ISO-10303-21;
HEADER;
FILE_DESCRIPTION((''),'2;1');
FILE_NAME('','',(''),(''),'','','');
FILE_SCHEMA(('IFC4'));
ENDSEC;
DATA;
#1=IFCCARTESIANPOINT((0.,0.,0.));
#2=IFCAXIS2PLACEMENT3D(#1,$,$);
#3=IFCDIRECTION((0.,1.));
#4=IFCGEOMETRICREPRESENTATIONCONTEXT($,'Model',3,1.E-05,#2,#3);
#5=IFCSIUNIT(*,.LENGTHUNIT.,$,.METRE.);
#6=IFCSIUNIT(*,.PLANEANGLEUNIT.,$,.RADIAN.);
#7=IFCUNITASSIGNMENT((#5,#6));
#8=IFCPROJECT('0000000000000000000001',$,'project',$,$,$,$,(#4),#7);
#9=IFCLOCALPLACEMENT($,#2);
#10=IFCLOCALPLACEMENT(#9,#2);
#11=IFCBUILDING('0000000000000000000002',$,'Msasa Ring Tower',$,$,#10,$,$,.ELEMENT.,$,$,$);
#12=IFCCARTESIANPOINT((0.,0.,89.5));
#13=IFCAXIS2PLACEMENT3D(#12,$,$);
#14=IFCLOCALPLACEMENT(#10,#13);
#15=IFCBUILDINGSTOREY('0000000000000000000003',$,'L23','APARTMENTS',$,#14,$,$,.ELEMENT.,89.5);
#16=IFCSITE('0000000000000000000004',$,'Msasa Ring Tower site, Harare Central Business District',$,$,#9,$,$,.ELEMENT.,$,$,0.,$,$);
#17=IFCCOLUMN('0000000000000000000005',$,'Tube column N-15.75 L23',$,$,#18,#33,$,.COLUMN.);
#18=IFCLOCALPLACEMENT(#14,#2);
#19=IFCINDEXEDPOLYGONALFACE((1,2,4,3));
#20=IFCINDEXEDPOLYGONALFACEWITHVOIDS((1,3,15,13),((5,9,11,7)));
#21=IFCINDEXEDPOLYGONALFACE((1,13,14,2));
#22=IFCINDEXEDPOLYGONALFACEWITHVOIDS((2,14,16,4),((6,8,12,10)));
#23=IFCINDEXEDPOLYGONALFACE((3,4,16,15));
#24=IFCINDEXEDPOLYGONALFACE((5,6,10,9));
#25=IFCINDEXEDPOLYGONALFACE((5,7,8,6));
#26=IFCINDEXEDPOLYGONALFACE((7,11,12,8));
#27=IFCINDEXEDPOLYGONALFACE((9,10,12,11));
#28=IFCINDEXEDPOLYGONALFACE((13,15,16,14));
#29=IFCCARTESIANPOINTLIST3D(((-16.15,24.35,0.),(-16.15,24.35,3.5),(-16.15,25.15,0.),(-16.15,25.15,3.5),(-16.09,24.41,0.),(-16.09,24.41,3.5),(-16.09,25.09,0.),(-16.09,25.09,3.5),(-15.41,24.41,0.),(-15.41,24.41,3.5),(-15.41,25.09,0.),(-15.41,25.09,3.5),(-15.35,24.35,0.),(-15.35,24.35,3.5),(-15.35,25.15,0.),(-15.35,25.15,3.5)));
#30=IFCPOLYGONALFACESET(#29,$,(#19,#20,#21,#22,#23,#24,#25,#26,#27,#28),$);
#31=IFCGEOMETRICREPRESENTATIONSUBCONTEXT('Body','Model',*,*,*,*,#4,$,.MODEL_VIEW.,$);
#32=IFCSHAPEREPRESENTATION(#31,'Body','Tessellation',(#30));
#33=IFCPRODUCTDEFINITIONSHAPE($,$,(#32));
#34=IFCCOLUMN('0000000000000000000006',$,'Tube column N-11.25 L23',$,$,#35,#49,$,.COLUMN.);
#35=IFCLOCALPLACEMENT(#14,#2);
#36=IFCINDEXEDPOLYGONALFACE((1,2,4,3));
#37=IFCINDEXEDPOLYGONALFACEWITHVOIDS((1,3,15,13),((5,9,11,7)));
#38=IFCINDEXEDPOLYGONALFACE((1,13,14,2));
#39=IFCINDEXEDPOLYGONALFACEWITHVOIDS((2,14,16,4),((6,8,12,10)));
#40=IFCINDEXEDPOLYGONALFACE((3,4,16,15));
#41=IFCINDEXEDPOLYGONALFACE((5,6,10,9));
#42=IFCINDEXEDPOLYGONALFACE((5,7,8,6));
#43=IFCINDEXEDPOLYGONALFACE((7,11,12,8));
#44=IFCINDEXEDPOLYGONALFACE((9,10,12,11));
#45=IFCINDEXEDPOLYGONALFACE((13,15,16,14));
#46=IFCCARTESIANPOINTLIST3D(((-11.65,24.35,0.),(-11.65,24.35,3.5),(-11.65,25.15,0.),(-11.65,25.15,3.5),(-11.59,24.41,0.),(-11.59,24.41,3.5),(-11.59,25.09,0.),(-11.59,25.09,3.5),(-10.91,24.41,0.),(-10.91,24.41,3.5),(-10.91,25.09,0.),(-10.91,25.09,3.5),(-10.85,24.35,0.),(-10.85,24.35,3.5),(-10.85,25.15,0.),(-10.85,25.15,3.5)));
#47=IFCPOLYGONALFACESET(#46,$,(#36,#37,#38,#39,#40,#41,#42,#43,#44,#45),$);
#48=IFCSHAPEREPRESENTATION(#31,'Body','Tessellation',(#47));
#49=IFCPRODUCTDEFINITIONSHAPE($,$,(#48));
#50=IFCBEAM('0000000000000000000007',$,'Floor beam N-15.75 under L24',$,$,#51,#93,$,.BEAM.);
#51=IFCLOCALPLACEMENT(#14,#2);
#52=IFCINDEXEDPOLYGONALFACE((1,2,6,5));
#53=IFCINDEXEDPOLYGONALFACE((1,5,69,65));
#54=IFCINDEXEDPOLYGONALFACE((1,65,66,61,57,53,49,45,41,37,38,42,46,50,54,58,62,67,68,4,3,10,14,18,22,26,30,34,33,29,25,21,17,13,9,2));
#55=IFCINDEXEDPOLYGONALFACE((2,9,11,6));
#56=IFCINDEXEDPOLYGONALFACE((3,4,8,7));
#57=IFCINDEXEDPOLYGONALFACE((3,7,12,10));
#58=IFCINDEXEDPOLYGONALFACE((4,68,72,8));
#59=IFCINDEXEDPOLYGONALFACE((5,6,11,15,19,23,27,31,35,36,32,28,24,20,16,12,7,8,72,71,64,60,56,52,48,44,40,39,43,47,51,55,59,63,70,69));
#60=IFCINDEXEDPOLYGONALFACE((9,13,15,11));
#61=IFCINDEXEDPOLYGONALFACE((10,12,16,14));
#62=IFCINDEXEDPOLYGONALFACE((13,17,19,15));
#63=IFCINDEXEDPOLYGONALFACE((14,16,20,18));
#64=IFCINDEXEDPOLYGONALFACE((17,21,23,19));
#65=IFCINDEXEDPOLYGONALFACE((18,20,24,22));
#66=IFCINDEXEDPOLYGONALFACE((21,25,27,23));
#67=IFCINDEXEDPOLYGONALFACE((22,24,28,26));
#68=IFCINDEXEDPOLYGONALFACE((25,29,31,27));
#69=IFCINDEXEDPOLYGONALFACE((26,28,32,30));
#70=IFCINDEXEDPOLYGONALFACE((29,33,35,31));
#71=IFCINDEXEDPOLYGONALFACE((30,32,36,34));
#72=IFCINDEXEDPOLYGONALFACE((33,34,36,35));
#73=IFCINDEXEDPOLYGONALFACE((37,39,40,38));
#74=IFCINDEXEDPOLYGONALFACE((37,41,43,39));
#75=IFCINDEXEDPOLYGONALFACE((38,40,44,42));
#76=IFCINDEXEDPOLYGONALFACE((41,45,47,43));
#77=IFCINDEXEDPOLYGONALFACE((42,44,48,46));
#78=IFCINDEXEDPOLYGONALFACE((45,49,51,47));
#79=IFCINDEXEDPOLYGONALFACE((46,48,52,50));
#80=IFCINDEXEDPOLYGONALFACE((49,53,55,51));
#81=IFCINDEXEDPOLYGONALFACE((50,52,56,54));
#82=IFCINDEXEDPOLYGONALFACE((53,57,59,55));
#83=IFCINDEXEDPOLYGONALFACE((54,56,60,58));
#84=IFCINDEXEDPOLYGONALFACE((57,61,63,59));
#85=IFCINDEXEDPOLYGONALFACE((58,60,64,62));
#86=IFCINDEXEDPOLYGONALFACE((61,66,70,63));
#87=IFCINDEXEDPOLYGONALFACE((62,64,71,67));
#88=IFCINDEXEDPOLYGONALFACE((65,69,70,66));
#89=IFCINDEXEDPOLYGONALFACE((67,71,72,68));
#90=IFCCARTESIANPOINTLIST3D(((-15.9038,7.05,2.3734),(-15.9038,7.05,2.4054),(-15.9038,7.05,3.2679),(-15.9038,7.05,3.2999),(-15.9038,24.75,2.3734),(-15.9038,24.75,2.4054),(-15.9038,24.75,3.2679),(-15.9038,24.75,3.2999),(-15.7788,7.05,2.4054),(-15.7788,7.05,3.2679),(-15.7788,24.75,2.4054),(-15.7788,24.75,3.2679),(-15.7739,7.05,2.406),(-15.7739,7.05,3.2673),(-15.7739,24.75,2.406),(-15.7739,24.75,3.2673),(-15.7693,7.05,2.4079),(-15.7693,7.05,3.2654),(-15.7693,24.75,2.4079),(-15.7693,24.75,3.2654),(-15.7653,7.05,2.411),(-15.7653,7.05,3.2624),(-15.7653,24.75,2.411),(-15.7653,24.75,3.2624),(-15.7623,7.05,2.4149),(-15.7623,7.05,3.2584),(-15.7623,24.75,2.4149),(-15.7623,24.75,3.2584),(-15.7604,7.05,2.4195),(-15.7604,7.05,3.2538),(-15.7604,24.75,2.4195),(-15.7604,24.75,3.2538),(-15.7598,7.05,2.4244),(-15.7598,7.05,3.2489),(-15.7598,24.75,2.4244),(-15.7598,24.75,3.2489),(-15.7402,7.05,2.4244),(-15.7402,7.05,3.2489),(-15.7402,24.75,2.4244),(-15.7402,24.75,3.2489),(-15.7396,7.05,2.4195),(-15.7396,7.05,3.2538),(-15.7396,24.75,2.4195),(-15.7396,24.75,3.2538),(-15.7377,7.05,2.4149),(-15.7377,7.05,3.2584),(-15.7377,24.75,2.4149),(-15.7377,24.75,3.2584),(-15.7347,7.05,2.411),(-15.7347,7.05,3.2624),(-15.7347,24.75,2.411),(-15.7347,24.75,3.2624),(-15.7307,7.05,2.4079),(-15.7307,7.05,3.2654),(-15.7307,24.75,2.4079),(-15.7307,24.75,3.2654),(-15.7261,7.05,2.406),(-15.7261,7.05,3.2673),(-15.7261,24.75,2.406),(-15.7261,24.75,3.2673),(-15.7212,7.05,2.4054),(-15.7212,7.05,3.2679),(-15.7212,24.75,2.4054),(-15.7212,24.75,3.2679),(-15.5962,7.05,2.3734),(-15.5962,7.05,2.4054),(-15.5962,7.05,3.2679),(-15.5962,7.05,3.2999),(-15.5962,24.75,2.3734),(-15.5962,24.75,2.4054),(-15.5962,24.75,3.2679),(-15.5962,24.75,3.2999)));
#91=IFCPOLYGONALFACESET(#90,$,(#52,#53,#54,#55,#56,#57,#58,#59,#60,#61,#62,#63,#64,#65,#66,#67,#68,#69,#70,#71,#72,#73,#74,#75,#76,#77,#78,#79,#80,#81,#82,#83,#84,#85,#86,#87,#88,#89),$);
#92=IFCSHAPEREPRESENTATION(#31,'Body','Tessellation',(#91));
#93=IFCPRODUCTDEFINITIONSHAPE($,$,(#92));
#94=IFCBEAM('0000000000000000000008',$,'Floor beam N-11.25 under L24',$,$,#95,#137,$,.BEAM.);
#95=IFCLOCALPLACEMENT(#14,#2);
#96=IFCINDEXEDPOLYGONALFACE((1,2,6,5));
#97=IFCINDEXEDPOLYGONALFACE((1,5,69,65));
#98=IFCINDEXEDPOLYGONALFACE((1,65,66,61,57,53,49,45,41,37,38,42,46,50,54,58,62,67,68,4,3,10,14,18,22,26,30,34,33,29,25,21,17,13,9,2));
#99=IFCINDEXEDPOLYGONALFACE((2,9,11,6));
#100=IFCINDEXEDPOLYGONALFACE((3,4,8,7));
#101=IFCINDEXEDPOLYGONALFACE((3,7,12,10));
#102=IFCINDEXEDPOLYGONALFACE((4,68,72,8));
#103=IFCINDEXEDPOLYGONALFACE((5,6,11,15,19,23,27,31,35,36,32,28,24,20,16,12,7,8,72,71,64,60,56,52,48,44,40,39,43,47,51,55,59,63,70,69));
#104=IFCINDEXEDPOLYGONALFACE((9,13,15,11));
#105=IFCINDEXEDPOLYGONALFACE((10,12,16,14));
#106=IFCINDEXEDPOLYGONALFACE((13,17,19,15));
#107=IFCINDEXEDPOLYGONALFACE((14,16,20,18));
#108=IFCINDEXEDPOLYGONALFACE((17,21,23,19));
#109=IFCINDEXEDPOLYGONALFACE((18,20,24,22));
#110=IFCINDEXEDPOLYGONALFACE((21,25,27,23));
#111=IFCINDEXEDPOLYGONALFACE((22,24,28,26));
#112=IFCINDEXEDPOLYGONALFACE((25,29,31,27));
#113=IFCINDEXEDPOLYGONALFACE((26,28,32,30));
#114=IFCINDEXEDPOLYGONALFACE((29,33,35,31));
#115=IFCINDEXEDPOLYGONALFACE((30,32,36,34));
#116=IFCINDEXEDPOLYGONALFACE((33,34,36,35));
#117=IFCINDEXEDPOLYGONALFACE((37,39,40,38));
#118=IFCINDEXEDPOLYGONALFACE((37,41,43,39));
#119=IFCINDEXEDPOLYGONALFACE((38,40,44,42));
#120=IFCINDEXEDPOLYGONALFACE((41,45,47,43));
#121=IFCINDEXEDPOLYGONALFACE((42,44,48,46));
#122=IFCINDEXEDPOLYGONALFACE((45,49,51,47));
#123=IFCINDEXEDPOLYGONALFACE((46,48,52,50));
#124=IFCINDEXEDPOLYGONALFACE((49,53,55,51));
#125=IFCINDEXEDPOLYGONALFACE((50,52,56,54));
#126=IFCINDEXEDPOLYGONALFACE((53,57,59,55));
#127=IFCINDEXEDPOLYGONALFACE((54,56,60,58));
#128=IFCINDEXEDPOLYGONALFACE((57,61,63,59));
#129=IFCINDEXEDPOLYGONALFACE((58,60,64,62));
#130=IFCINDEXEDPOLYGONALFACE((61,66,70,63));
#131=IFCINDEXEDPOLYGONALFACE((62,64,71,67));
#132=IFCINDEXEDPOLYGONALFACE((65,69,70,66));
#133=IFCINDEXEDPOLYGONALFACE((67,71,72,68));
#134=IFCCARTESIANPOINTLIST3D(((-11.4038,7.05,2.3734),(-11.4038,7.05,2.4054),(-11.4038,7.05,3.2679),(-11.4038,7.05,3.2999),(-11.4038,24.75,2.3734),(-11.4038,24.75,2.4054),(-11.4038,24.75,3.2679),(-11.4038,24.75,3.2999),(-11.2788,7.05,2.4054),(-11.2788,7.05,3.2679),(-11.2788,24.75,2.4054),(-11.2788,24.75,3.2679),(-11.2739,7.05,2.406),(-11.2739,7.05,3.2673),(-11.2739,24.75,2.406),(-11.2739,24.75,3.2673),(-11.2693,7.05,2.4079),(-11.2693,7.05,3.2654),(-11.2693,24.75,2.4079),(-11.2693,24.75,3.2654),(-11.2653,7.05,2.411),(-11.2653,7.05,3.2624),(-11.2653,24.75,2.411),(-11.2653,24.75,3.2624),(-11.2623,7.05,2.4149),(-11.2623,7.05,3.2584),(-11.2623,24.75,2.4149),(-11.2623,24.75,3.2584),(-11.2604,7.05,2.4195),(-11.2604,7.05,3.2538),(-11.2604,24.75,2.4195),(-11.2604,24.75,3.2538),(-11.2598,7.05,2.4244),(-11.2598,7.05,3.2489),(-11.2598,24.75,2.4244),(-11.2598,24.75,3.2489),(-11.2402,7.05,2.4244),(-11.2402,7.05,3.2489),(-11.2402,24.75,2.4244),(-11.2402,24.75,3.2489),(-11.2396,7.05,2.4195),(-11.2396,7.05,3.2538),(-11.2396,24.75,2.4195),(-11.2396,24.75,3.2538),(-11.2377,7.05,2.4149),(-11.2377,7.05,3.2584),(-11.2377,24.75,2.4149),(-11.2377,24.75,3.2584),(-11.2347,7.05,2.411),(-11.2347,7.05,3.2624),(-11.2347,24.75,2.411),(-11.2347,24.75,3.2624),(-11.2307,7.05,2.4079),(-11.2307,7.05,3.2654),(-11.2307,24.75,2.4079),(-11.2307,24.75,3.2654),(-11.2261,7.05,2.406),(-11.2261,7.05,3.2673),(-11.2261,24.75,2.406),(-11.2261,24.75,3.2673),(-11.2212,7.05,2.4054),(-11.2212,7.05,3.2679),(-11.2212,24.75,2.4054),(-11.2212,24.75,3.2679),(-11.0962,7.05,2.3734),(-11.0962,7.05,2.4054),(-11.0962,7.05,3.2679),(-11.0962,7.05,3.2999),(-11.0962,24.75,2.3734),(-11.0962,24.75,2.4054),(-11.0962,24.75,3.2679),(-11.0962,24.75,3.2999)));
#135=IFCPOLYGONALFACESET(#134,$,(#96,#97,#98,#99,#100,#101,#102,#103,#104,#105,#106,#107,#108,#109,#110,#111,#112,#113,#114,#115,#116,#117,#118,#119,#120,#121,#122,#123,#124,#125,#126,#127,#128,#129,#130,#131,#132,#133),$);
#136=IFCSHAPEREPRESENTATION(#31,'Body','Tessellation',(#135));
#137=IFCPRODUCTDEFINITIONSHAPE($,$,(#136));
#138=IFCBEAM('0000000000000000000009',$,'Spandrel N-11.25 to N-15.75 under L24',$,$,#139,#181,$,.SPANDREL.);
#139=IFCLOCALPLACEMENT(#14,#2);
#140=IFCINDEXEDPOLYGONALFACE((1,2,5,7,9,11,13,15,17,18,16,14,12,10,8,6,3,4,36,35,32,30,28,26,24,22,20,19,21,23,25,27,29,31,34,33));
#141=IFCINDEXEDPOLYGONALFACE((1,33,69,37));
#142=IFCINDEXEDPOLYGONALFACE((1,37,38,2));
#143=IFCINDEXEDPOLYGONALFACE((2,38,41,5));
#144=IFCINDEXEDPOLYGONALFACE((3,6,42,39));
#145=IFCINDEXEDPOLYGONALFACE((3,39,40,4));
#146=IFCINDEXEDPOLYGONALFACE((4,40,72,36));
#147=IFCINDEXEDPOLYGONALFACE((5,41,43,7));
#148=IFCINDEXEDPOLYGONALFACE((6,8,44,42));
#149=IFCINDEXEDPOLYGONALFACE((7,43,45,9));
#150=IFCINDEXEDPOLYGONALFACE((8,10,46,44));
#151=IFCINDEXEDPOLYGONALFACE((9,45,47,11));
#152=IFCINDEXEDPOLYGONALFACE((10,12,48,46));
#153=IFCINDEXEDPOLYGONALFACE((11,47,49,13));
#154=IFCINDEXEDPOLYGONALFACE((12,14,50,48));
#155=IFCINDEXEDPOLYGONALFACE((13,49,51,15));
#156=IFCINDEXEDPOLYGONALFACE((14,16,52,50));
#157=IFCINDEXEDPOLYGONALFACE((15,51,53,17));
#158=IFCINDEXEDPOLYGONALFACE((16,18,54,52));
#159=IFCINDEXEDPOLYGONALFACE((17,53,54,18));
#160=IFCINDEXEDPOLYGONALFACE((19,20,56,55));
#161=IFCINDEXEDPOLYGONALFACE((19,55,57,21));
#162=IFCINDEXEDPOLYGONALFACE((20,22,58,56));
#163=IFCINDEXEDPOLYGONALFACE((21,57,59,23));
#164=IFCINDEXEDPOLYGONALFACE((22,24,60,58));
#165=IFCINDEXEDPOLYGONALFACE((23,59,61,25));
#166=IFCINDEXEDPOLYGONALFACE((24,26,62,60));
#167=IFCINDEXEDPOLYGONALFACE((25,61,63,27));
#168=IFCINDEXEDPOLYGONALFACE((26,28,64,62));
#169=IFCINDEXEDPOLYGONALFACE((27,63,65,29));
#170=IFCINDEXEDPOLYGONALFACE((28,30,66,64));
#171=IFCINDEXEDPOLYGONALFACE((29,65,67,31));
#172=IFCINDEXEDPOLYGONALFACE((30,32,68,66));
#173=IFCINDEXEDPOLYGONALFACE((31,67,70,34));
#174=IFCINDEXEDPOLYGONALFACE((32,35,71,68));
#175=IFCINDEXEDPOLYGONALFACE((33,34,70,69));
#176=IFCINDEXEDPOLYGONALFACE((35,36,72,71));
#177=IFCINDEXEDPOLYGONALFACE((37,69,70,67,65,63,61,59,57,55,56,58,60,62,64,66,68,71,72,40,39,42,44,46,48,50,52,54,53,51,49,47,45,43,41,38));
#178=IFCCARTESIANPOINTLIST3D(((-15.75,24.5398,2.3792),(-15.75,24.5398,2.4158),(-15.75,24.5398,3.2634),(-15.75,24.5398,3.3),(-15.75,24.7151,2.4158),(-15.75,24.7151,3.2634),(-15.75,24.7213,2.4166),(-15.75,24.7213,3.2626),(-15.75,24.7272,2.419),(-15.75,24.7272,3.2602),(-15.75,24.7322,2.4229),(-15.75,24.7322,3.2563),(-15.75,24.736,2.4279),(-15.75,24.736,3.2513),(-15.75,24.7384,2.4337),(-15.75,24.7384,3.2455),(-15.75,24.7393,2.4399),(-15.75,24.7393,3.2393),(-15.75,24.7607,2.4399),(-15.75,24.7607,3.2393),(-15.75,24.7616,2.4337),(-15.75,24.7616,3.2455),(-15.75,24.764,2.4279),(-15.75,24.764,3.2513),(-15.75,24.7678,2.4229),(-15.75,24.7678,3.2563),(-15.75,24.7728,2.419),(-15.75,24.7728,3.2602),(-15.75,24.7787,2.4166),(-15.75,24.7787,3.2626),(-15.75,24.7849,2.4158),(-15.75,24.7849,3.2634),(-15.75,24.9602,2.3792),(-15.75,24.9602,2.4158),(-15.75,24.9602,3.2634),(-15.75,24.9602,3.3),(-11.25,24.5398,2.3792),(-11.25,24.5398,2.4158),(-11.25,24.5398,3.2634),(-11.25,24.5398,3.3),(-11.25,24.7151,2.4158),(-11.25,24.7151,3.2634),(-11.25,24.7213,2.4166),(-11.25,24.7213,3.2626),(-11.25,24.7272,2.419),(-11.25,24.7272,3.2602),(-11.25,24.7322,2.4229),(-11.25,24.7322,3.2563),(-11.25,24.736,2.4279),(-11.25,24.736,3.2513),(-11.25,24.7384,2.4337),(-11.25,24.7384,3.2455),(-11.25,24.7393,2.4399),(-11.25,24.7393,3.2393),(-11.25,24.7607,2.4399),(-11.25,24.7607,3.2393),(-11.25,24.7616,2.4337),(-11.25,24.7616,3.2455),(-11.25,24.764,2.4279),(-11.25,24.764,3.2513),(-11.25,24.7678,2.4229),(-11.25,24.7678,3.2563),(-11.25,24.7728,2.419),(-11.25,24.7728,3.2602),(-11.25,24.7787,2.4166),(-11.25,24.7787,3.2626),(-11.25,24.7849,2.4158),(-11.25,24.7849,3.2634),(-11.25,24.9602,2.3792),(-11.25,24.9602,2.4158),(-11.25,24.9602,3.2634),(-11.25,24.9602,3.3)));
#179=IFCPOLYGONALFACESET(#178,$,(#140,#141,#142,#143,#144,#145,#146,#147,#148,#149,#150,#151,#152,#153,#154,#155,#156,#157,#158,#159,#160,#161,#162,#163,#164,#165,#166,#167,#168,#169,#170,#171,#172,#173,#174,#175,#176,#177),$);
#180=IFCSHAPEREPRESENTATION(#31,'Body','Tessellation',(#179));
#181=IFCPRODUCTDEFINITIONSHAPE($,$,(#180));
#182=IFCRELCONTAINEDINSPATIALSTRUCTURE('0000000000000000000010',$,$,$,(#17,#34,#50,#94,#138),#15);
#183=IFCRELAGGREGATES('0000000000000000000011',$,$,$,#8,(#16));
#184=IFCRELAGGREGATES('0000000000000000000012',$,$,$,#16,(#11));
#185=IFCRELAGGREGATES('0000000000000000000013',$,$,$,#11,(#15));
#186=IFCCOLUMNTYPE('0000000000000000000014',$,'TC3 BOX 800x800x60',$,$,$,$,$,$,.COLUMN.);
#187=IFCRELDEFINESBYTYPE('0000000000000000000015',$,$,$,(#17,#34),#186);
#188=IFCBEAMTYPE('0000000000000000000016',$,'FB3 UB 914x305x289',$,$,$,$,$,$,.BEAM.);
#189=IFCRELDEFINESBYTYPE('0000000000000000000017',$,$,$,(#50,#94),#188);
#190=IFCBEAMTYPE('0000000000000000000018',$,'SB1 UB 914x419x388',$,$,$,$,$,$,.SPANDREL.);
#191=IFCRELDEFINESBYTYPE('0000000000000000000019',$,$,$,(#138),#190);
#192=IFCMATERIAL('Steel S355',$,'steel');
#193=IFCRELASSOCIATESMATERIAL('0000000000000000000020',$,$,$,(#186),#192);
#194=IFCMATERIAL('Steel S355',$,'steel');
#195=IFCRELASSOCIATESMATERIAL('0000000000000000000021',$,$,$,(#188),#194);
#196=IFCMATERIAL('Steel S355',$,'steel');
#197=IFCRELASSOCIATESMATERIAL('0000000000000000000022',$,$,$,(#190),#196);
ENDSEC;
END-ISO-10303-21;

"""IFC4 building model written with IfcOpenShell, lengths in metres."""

from ifc_helpers import new_model, si_unit, direction, frame, origin, origin_2d, place, context, subcontext, project, spatial, hollow_rectangle, i_section, extrude, material, material_profile, profile_set, type_object, element, save


model = new_model("IFC4")

# Units and contexts
model_context = context("Model", 3, precision=1e-05, world=origin(), true_north=direction((0.0, 1.0)))
body_context = subcontext(model_context, "Body", "Model", "MODEL_VIEW")
ifc_project = project(units=[si_unit("LENGTHUNIT", "METRE"), si_unit("PLANEANGLEUNIT", "RADIAN")], contexts=[model_context])

# Site, building, storey
site_placement = place(None, origin())
site = spatial("IfcSite", under=ifc_project, at=site_placement, Name="Msasa Ring Tower site, Harare Central Business District", CompositionType="ELEMENT", RefElevation=0.0)
building_placement = place(site_placement, origin())
building = spatial("IfcBuilding", under=site, at=building_placement, Name="Msasa Ring Tower", CompositionType="ELEMENT")
storey_placement = place(building_placement, frame((0.0, 0.0, 89.5)))
storey = spatial("IfcBuildingStorey", under=building, at=storey_placement, Name="L23", Description="APARTMENTS", CompositionType="ELEMENT", Elevation=89.5)

# Columns
ifc_material_1 = material(Name="Steel S355", Category="steel")
ifc_material_profile_1 = material_profile(ifc_material_1, hollow_rectangle(XDim=0.8, YDim=0.8, WallThickness=0.0601, at=origin_2d()), Name="BOX 800x800x60")
ifc_profile_set_1 = profile_set([ifc_material_profile_1], Name="Steel S355")
column_type = type_object("IfcColumnType", Name="TC3 BOX 800x800x60", PredefinedType="COLUMN", material=ifc_profile_set_1)
for number, where, z_axis, x_axis, name in (
    (1, (-15.75, 24.75, 0.0), (0.0, 0.0, 1.0), (0.0, 1.0, 0.0), "Tube column N-15.75 L23"),
    (2, (-11.25, 24.75, 0.0), (0.0, 0.0, 1.0), (0.0, 1.0, 0.0), "Tube column N-11.25 L23"),
):
    element("IfcColumn", number, at=place(storey_placement, frame(where, z_axis=z_axis, x_axis=x_axis)), inside=storey, type_object=column_type, Name=name, PredefinedType="COLUMN", context=body_context, shape_type="SweptSolid", body=[
        extrude(hollow_rectangle(XDim=0.8, YDim=0.8, WallThickness=0.0601, at=origin_2d()), origin(), (0.0, 0.0, 1.0), 3.5),
    ])

# Beams
ifc_material_2 = material(Name="Steel S355", Category="steel")
ifc_material_profile_2 = material_profile(ifc_material_2, i_section(OverallWidth=0.3076, OverallDepth=0.9265, WebThickness=0.0195, FlangeThickness=0.032, FilletRadius=0.019, at=origin_2d()), Name="UB 914x305x289")
ifc_profile_set_2 = profile_set([ifc_material_profile_2], Name="Steel S355")
beam_type_1 = type_object("IfcBeamType", Name="FB3 UB 914x305x289", PredefinedType="BEAM", material=ifc_profile_set_2)
for number, where, z_axis, x_axis, name in (
    (3, (-15.75, 24.75, 2.8367), (0.0, -1.0, 0.0), (1.0, 0.0, 0.0), "Floor beam N-15.75 under L24"),
    (4, (-11.25, 24.75, 2.8367), (0.0, -1.0, 0.0), (1.0, 0.0, 0.0), "Floor beam N-11.25 under L24"),
):
    element("IfcBeam", number, at=place(storey_placement, frame(where, z_axis=z_axis, x_axis=x_axis)), inside=storey, type_object=beam_type_1, Name=name, PredefinedType="BEAM", context=body_context, shape_type="SweptSolid", body=[
        extrude(i_section(OverallWidth=0.3076, OverallDepth=0.9265, WebThickness=0.0195, FlangeThickness=0.032, FilletRadius=0.019, at=origin_2d()), origin(), (0.0, 0.0, 1.0), 17.7),
    ])
ifc_material_3 = material(Name="Steel S355", Category="steel")
ifc_material_profile_3 = material_profile(ifc_material_3, i_section(OverallWidth=0.4204, OverallDepth=0.9209, WebThickness=0.0215, FlangeThickness=0.0366, FilletRadius=0.0242, at=origin_2d()), Name="UB 914x419x388")
ifc_profile_set_3 = profile_set([ifc_material_profile_3], Name="Steel S355")
beam_type_2 = type_object("IfcBeamType", Name="SB1 UB 914x419x388", PredefinedType="SPANDREL", material=ifc_profile_set_3)
for number, where, z_axis, x_axis, name in (
    (5, (-11.25, 24.75, 2.8396), (-1.0, 0.0, 0.0), (0.0, -1.0, 0.0), "Spandrel N-11.25 to N-15.75 under L24"),
):
    element("IfcBeam", number, at=place(storey_placement, frame(where, z_axis=z_axis, x_axis=x_axis)), inside=storey, type_object=beam_type_2, Name=name, PredefinedType="SPANDREL", context=body_context, shape_type="SweptSolid", body=[
        extrude(i_section(OverallWidth=0.4204, OverallDepth=0.9209, WebThickness=0.0215, FlangeThickness=0.0366, FilletRadius=0.0242, at=origin_2d()), origin(), (0.0, 0.0, 1.0), 4.5),
    ])

save(model, "model.ifc")
